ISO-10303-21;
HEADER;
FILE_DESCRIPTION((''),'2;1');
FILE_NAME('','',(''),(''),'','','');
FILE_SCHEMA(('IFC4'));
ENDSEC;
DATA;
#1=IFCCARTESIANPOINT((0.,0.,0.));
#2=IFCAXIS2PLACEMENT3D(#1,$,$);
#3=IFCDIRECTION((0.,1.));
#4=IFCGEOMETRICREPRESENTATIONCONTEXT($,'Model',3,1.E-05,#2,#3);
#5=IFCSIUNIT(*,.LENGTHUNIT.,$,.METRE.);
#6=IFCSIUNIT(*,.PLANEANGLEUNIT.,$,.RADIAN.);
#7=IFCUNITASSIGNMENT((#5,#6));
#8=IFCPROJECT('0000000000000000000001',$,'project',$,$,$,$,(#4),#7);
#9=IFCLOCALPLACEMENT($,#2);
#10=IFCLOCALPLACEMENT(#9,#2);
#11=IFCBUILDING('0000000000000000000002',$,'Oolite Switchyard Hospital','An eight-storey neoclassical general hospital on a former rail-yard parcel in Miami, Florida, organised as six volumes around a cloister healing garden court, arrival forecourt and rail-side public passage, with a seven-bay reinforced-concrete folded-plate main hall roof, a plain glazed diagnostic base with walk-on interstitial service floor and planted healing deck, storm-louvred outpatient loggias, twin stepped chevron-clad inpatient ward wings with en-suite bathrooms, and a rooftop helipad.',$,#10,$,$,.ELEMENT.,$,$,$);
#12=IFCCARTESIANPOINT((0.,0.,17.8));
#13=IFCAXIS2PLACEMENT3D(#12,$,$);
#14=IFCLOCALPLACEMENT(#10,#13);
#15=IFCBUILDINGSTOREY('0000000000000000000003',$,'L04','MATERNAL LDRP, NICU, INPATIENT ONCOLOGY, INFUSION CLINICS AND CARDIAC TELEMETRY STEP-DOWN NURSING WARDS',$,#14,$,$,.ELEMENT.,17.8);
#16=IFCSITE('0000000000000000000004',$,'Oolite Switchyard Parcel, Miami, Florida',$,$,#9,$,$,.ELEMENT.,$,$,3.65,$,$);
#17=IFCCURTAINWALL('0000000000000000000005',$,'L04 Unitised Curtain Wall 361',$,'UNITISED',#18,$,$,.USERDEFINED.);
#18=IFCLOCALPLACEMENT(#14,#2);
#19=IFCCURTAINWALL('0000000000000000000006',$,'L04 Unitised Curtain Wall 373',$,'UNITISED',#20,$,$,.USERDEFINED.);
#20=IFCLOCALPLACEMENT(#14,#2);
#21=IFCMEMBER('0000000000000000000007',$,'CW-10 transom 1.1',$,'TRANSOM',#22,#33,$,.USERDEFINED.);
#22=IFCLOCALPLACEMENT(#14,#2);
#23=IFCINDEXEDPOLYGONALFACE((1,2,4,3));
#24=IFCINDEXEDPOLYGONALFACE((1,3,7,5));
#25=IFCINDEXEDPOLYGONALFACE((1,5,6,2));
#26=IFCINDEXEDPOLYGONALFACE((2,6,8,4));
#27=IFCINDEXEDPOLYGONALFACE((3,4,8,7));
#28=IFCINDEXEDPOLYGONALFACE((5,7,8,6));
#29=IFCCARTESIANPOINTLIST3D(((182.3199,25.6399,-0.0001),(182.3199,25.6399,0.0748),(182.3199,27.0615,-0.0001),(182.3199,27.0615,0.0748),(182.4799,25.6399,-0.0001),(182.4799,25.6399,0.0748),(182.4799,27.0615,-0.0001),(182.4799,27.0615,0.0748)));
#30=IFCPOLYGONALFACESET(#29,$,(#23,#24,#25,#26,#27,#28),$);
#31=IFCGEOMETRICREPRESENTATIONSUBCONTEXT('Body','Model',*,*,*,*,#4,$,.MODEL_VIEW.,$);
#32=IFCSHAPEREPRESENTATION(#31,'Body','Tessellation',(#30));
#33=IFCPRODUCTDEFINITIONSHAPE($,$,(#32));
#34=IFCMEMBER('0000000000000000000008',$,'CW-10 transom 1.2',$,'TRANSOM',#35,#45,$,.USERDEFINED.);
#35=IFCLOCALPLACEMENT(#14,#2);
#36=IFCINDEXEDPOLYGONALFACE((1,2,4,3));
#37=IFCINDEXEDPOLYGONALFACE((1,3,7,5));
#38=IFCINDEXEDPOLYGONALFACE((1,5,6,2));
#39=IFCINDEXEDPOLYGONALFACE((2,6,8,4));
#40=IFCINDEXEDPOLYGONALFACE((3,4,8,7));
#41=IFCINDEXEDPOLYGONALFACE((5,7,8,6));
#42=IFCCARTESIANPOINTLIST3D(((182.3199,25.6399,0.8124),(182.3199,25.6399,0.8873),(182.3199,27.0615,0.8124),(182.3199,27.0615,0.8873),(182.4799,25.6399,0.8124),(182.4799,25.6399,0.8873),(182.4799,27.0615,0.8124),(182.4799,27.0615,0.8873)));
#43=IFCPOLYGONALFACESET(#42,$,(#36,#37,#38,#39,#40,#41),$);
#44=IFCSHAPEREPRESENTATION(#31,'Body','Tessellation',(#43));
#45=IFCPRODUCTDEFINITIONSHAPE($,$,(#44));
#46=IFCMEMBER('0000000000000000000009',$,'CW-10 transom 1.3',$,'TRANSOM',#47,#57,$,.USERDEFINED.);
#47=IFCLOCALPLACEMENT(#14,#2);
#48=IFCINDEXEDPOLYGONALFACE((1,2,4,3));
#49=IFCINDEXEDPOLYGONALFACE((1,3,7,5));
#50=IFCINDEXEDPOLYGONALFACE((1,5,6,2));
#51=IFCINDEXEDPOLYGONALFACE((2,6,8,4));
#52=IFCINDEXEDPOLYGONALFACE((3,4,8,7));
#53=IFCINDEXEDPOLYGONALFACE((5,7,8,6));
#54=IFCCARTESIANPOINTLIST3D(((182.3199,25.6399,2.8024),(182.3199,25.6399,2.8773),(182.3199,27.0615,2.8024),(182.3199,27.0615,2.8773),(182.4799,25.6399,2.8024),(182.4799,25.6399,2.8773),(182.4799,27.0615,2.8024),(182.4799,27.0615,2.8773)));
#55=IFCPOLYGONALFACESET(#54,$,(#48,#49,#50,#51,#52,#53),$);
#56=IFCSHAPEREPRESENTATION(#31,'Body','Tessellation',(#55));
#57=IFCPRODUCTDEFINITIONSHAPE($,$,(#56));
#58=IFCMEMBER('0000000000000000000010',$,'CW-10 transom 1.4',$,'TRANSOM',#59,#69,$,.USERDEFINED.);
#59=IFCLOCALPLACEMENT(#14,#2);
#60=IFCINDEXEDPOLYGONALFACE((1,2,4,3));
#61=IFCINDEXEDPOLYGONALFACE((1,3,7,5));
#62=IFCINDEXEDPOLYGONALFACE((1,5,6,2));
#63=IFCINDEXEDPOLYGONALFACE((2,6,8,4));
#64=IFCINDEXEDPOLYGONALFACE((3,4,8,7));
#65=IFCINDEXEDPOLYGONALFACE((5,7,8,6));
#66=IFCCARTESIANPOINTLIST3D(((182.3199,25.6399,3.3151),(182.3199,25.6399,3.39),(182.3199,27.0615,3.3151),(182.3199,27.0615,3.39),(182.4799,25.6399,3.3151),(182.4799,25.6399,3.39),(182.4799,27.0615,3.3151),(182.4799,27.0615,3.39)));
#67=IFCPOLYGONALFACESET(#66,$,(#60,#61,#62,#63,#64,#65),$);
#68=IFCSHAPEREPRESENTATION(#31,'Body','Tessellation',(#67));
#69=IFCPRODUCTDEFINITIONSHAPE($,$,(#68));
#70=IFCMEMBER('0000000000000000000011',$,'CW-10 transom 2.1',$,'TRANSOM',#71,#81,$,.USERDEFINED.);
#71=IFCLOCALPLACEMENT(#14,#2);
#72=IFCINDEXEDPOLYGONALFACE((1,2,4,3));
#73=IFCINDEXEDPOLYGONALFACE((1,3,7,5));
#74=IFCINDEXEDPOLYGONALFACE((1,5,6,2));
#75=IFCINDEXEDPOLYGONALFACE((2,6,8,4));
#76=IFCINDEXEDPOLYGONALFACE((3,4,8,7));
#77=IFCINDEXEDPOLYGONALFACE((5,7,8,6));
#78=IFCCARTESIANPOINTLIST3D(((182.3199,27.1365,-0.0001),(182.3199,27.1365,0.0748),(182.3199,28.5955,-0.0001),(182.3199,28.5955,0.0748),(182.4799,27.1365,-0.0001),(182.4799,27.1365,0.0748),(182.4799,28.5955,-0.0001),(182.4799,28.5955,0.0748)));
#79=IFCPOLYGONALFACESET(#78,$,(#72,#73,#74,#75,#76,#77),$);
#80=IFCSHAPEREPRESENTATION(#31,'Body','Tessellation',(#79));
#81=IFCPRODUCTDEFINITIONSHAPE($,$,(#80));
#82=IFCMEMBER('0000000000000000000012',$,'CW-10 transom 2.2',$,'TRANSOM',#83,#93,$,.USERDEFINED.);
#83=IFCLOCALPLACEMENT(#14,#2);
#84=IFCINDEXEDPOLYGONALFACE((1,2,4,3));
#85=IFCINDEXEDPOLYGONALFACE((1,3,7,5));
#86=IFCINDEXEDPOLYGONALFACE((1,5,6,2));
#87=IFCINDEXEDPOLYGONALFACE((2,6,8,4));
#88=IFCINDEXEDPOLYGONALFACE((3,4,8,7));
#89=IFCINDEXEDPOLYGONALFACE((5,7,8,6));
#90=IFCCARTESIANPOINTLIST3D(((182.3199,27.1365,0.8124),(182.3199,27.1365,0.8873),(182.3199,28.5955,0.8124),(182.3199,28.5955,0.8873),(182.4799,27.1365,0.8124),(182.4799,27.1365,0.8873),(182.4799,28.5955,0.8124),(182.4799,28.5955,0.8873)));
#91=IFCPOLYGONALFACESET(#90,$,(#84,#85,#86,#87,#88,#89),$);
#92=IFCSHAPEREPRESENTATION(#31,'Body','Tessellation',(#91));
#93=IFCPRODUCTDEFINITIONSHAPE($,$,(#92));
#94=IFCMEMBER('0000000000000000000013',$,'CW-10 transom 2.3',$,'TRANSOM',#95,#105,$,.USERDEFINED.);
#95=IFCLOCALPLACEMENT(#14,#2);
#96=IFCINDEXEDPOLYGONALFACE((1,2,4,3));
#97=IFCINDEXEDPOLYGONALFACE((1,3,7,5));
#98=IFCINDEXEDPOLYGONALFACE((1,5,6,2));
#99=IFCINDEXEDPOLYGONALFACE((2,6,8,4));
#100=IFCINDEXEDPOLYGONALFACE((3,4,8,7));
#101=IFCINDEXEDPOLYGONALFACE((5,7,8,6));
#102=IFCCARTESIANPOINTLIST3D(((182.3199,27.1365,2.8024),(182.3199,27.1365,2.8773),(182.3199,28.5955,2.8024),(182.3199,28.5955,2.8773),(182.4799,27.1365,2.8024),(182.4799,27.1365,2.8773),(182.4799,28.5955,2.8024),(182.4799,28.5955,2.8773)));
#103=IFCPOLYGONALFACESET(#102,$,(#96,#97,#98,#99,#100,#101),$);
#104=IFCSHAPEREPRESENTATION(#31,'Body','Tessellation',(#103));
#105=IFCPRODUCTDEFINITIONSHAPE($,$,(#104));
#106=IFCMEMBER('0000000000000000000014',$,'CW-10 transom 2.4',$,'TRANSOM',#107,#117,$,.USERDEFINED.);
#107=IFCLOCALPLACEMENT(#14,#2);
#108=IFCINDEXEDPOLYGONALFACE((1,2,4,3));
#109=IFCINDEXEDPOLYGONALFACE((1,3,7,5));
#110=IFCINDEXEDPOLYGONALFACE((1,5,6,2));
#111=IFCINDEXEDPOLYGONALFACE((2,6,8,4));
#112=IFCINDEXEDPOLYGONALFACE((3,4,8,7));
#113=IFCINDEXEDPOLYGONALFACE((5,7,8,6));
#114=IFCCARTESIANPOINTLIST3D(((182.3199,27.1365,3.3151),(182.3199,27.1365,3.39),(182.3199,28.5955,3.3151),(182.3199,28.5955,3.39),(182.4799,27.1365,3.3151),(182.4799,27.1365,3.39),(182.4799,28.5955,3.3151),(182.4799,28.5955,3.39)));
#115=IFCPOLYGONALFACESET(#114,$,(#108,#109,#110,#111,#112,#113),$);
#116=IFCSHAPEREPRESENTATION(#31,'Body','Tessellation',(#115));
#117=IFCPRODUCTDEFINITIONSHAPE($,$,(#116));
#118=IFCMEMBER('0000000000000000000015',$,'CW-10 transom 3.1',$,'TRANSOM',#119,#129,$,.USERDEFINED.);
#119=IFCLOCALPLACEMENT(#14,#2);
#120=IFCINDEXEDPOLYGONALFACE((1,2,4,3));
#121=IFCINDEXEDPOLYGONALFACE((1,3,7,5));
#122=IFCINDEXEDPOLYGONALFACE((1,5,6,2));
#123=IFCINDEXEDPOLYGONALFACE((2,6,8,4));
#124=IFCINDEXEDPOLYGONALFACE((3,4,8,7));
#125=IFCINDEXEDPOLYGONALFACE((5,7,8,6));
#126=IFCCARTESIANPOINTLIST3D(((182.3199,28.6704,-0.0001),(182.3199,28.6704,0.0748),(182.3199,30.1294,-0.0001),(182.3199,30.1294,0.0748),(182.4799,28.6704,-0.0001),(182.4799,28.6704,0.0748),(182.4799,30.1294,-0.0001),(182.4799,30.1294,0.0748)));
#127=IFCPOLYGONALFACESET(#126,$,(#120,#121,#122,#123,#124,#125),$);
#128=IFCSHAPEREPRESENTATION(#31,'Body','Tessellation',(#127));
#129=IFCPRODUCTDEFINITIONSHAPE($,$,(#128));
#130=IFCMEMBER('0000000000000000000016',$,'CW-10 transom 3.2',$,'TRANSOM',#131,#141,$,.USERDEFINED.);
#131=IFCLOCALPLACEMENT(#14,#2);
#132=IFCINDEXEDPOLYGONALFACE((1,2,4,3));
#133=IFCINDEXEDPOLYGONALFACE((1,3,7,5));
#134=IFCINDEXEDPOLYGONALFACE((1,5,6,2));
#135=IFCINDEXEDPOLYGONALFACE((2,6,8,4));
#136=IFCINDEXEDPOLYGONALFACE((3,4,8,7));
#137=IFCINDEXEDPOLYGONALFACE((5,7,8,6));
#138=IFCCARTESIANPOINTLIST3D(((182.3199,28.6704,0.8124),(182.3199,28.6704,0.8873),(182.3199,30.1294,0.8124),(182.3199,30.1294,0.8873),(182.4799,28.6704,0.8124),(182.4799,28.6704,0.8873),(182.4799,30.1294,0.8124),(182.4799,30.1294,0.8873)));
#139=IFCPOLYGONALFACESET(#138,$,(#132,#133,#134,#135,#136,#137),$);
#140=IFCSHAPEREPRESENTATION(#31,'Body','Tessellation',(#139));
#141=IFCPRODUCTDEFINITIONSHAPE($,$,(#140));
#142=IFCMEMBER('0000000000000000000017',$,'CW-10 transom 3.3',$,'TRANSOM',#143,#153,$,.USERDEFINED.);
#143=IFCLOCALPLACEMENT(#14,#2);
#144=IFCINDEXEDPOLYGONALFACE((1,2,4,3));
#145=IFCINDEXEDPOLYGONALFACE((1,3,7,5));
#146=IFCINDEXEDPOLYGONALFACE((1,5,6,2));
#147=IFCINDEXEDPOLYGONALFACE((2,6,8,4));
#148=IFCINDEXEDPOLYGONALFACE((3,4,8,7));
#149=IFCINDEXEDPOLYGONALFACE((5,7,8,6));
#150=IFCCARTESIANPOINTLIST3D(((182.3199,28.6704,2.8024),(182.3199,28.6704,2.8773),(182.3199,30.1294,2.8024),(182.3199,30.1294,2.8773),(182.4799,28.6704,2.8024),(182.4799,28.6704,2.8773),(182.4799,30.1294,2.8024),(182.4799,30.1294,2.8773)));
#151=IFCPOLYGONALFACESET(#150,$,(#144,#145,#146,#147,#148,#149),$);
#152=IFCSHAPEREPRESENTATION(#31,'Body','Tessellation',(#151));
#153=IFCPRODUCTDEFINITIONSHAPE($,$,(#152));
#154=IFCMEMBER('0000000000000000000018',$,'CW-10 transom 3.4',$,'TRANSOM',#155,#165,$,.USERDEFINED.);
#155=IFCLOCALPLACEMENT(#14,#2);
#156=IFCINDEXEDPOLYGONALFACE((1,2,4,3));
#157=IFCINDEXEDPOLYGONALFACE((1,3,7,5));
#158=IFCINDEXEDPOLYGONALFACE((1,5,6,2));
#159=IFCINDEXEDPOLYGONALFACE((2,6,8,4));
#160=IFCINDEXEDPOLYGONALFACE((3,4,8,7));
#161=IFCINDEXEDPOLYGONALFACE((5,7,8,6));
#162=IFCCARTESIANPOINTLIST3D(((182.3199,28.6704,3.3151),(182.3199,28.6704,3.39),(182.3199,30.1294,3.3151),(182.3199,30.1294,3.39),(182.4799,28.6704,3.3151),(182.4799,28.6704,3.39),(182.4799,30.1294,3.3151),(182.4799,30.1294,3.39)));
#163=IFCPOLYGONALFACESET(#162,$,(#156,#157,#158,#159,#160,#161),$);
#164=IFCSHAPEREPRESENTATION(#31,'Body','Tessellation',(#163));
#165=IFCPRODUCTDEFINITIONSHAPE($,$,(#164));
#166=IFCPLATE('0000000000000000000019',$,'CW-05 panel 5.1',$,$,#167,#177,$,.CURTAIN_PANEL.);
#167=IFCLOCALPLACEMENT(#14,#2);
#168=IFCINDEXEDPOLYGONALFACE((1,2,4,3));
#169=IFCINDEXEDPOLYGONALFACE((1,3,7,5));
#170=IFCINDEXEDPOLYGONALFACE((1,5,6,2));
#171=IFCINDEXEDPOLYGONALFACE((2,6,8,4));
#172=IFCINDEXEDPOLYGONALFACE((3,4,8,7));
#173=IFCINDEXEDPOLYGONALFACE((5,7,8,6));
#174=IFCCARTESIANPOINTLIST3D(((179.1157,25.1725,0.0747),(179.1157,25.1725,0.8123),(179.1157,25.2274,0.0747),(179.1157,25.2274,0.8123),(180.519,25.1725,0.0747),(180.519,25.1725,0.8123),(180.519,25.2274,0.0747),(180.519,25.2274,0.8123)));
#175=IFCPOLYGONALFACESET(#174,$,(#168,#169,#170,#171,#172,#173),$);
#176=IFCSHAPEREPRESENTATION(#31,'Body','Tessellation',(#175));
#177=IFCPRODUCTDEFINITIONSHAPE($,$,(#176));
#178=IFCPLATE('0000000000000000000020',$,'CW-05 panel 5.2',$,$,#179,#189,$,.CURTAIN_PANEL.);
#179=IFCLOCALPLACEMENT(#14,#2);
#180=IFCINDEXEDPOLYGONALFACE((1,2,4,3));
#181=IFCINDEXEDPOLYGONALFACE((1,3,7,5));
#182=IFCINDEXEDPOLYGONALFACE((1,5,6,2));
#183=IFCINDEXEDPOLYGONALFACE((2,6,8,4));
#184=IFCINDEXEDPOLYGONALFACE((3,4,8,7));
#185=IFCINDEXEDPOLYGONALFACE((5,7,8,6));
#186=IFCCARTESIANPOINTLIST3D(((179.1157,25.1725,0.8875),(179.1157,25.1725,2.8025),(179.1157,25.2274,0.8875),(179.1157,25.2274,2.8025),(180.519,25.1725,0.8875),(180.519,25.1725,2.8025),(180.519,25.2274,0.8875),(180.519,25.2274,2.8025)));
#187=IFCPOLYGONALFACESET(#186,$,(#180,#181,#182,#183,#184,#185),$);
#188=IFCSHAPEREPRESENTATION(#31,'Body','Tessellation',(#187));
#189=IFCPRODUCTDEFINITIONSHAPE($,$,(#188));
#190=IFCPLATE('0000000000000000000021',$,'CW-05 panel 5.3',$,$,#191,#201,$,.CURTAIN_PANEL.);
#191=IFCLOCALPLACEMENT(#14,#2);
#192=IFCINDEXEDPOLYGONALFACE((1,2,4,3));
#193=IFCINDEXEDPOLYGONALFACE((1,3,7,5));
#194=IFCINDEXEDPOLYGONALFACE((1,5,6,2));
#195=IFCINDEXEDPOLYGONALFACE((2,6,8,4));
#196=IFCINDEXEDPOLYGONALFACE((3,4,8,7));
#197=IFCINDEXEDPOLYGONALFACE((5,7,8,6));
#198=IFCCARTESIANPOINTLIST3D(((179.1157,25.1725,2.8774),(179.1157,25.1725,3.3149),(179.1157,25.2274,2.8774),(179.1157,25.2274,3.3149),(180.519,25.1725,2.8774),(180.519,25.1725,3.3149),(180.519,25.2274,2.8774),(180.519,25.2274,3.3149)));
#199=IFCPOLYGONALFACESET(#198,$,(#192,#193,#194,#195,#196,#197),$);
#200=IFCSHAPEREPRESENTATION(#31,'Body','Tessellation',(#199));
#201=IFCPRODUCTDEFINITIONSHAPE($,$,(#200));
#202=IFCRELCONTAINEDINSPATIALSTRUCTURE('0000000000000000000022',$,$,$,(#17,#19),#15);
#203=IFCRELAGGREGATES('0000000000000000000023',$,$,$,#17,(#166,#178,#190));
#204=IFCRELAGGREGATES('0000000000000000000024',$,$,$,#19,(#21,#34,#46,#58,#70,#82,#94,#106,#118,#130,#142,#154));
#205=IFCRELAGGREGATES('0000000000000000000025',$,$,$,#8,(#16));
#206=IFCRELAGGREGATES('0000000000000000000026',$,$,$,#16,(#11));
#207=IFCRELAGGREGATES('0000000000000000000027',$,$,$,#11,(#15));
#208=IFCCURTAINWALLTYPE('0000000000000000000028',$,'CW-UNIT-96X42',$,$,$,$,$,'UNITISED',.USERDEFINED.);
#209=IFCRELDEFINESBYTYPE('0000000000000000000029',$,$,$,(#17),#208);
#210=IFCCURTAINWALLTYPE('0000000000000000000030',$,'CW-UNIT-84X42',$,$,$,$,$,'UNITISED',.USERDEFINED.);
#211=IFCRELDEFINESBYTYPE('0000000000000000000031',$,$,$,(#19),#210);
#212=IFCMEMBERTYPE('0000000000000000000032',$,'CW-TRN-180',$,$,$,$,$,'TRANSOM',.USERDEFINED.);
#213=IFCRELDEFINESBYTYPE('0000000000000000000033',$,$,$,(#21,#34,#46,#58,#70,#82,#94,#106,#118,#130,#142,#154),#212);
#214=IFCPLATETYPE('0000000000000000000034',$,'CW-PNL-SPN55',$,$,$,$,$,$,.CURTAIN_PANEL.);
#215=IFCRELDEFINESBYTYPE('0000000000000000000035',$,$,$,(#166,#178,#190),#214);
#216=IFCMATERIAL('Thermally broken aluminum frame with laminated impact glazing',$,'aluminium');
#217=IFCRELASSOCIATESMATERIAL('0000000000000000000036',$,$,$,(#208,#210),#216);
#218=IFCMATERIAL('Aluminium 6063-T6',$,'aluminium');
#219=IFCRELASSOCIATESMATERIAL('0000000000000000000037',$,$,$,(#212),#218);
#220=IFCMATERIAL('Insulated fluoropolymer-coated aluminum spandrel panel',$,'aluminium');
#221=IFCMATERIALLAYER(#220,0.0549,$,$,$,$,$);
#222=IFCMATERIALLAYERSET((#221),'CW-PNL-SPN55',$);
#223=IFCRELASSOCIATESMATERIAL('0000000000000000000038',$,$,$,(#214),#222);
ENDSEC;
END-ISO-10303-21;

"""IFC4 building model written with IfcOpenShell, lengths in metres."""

from ifc_helpers import new_model, si_unit, direction, frame, origin, origin_2d, place, context, subcontext, project, spatial, rectangle, extrude, material, layer, layer_set, material_profile, profile_set, type_object, element, aggregate, save


model = new_model("IFC4")

# Units and contexts
model_context = context("Model", 3, precision=1e-05, world=origin(), true_north=direction((0.0, 1.0)))
body_context = subcontext(model_context, "Body", "Model", "MODEL_VIEW")
ifc_project = project(units=[si_unit("LENGTHUNIT", "METRE"), si_unit("PLANEANGLEUNIT", "RADIAN")], contexts=[model_context])

# Site, building, storey
site_placement = place(None, origin())
site = spatial("IfcSite", under=ifc_project, at=site_placement, Name="Oolite Switchyard Parcel, Miami, Florida", CompositionType="ELEMENT", RefElevation=3.65)
building_placement = place(site_placement, origin())
building = spatial("IfcBuilding", under=site, at=building_placement, Name="Oolite Switchyard Hospital", Description="An eight-storey neoclassical general hospital on a former rail-yard parcel in Miami, Florida, organised as six volumes around a cloister healing garden court, arrival forecourt and rail-side public passage, with a seven-bay reinforced-concrete folded-plate main hall roof, a plain glazed diagnostic base with walk-on interstitial service floor and planted healing deck, storm-louvred outpatient loggias, twin stepped chevron-clad inpatient ward wings with en-suite bathrooms, and a rooftop helipad.", CompositionType="ELEMENT")
storey_placement = place(building_placement, frame((0.0, 0.0, 17.8)))
storey = spatial("IfcBuildingStorey", under=building, at=storey_placement, Name="L04", Description="MATERNAL LDRP, NICU, INPATIENT ONCOLOGY, INFUSION CLINICS AND CARDIAC TELEMETRY STEP-DOWN NURSING WARDS", CompositionType="ELEMENT", Elevation=17.8)

# Curtain walls
ifc_material_1 = material(Name="Thermally broken aluminum frame with laminated impact glazing", Category="aluminium")
curtain_wall_type_1 = type_object("IfcCurtainWallType", Name="CW-UNIT-96X42", ElementType="UNITISED", PredefinedType="USERDEFINED", material=ifc_material_1)
curtain_wall_1_placement = place(storey_placement, origin())
curtain_wall_1 = element("IfcCurtainWall", 1, at=curtain_wall_1_placement, inside=storey, type_object=curtain_wall_type_1, Name="L04 Unitised Curtain Wall 361", ObjectType="UNITISED", PredefinedType="USERDEFINED")
ifc_material_2 = material(Name="Aluminium 6063-T6", Category="aluminium")
curtain_wall_type_2 = type_object("IfcCurtainWallType", Name="CW-UNIT-84X42", ElementType="UNITISED", PredefinedType="USERDEFINED", material=ifc_material_1)
curtain_wall_2_placement = place(storey_placement, origin())
curtain_wall_2 = element("IfcCurtainWall", 2, at=curtain_wall_2_placement, inside=storey, type_object=curtain_wall_type_2, Name="L04 Unitised Curtain Wall 373", ObjectType="UNITISED", PredefinedType="USERDEFINED")

# Members
ifc_material_profile_1 = material_profile(ifc_material_2, rectangle(XDim=0.1599, YDim=0.075, at=origin_2d()), Name="CWT75X160")
ifc_profile_set_1 = profile_set([ifc_material_profile_1], Name="Aluminium 6063-T6")
member_type_1 = type_object("IfcMemberType", Name="CW-TRN-180", ElementType="TRANSOM", PredefinedType="USERDEFINED", material=ifc_profile_set_1)
member_1_placement = place(storey_placement, frame((182.3999, 25.6399, 0.0374), z_axis=(0.0, 1.0, 0.0), x_axis=(-1.0, 0.0, 0.0)))
member_1 = element("IfcMember", 3, at=member_1_placement, type_object=member_type_1, Name="CW-10 transom 1.1", ObjectType="TRANSOM", PredefinedType="USERDEFINED", context=body_context, shape_type="SweptSolid", body=[
    extrude(rectangle(XDim=0.1599, YDim=0.075, at=origin_2d()), origin(), (0.0, 0.0, 1.0), 1.4216),
])
member_2_placement = place(storey_placement, frame((182.3999, 25.6399, 0.8499), z_axis=(0.0, 1.0, 0.0), x_axis=(-1.0, 0.0, 0.0)))
member_2 = element("IfcMember", 4, at=member_2_placement, type_object=member_type_1, Name="CW-10 transom 1.2", ObjectType="TRANSOM", PredefinedType="USERDEFINED", context=body_context, shape_type="SweptSolid", body=[
    extrude(rectangle(XDim=0.1599, YDim=0.075, at=origin_2d()), origin(), (0.0, 0.0, 1.0), 1.4216),
])
member_3_placement = place(storey_placement, frame((182.3999, 25.6399, 2.8398), z_axis=(0.0, 1.0, 0.0), x_axis=(-1.0, 0.0, 0.0)))
member_3 = element("IfcMember", 5, at=member_3_placement, type_object=member_type_1, Name="CW-10 transom 1.3", ObjectType="TRANSOM", PredefinedType="USERDEFINED", context=body_context, shape_type="SweptSolid", body=[
    extrude(rectangle(XDim=0.1599, YDim=0.075, at=origin_2d()), origin(), (0.0, 0.0, 1.0), 1.4216),
])
member_4_placement = place(storey_placement, frame((182.3999, 25.6399, 3.3525), z_axis=(0.0, 1.0, 0.0), x_axis=(-1.0, 0.0, 0.0)))
member_4 = element("IfcMember", 6, at=member_4_placement, type_object=member_type_1, Name="CW-10 transom 1.4", ObjectType="TRANSOM", PredefinedType="USERDEFINED", context=body_context, shape_type="SweptSolid", body=[
    extrude(rectangle(XDim=0.1599, YDim=0.075, at=origin_2d()), origin(), (0.0, 0.0, 1.0), 1.4216),
])
member_5_placement = place(storey_placement, frame((182.3999, 27.1365, 0.0374), z_axis=(0.0, 1.0, 0.0), x_axis=(-1.0, 0.0, 0.0)))
member_5 = element("IfcMember", 7, at=member_5_placement, type_object=member_type_1, Name="CW-10 transom 2.1", ObjectType="TRANSOM", PredefinedType="USERDEFINED", context=body_context, shape_type="SweptSolid", body=[
    extrude(rectangle(XDim=0.1599, YDim=0.075, at=origin_2d()), origin(), (0.0, 0.0, 1.0), 1.459),
])
member_6_placement = place(storey_placement, frame((182.3999, 27.1365, 0.8499), z_axis=(0.0, 1.0, 0.0), x_axis=(-1.0, 0.0, 0.0)))
member_6 = element("IfcMember", 8, at=member_6_placement, type_object=member_type_1, Name="CW-10 transom 2.2", ObjectType="TRANSOM", PredefinedType="USERDEFINED", context=body_context, shape_type="SweptSolid", body=[
    extrude(rectangle(XDim=0.1599, YDim=0.075, at=origin_2d()), origin(), (0.0, 0.0, 1.0), 1.459),
])
member_7_placement = place(storey_placement, frame((182.3999, 27.1365, 2.8398), z_axis=(0.0, 1.0, 0.0), x_axis=(-1.0, 0.0, 0.0)))
member_7 = element("IfcMember", 9, at=member_7_placement, type_object=member_type_1, Name="CW-10 transom 2.3", ObjectType="TRANSOM", PredefinedType="USERDEFINED", context=body_context, shape_type="SweptSolid", body=[
    extrude(rectangle(XDim=0.1599, YDim=0.075, at=origin_2d()), origin(), (0.0, 0.0, 1.0), 1.459),
])
member_8_placement = place(storey_placement, frame((182.3999, 27.1365, 3.3525), z_axis=(0.0, 1.0, 0.0), x_axis=(-1.0, 0.0, 0.0)))
member_8 = element("IfcMember", 10, at=member_8_placement, type_object=member_type_1, Name="CW-10 transom 2.4", ObjectType="TRANSOM", PredefinedType="USERDEFINED", context=body_context, shape_type="SweptSolid", body=[
    extrude(rectangle(XDim=0.1599, YDim=0.075, at=origin_2d()), origin(), (0.0, 0.0, 1.0), 1.459),
])
member_9_placement = place(storey_placement, frame((182.3999, 28.6704, 0.0374), z_axis=(0.0, 1.0, 0.0), x_axis=(-1.0, 0.0, 0.0)))
member_9 = element("IfcMember", 11, at=member_9_placement, type_object=member_type_1, Name="CW-10 transom 3.1", ObjectType="TRANSOM", PredefinedType="USERDEFINED", context=body_context, shape_type="SweptSolid", body=[
    extrude(rectangle(XDim=0.1599, YDim=0.075, at=origin_2d()), origin(), (0.0, 0.0, 1.0), 1.459),
])
member_10_placement = place(storey_placement, frame((182.3999, 28.6704, 0.8499), z_axis=(0.0, 1.0, 0.0), x_axis=(-1.0, 0.0, 0.0)))
member_10 = element("IfcMember", 12, at=member_10_placement, type_object=member_type_1, Name="CW-10 transom 3.2", ObjectType="TRANSOM", PredefinedType="USERDEFINED", context=body_context, shape_type="SweptSolid", body=[
    extrude(rectangle(XDim=0.1599, YDim=0.075, at=origin_2d()), origin(), (0.0, 0.0, 1.0), 1.459),
])
member_11_placement = place(storey_placement, frame((182.3999, 28.6704, 2.8398), z_axis=(0.0, 1.0, 0.0), x_axis=(-1.0, 0.0, 0.0)))
member_11 = element("IfcMember", 13, at=member_11_placement, type_object=member_type_1, Name="CW-10 transom 3.3", ObjectType="TRANSOM", PredefinedType="USERDEFINED", context=body_context, shape_type="SweptSolid", body=[
    extrude(rectangle(XDim=0.1599, YDim=0.075, at=origin_2d()), origin(), (0.0, 0.0, 1.0), 1.459),
])
member_12_placement = place(storey_placement, frame((182.3999, 28.6704, 3.3525), z_axis=(0.0, 1.0, 0.0), x_axis=(-1.0, 0.0, 0.0)))
member_12 = element("IfcMember", 14, at=member_12_placement, type_object=member_type_1, Name="CW-10 transom 3.4", ObjectType="TRANSOM", PredefinedType="USERDEFINED", context=body_context, shape_type="SweptSolid", body=[
    extrude(rectangle(XDim=0.1599, YDim=0.075, at=origin_2d()), origin(), (0.0, 0.0, 1.0), 1.459),
])

# Plates
ifc_material_3 = material(Name="Insulated fluoropolymer-coated aluminum spandrel panel", Category="aluminium")
ifc_layer = layer(ifc_material_3, 0.0549)
ifc_layer_set = layer_set([ifc_layer], Name="CW-PNL-SPN55")
plate_type = type_object("IfcPlateType", Name="CW-PNL-SPN55", PredefinedType="CURTAIN_PANEL", material=ifc_layer_set)
plate_1_placement = place(storey_placement, frame((179.8174, 25.2, 0.0747), z_axis=(0.0, 0.0, 1.0), x_axis=(1.0, 0.0, 0.0)))
plate_1 = element("IfcPlate", 15, at=plate_1_placement, type_object=plate_type, Name="CW-05 panel 5.1", PredefinedType="CURTAIN_PANEL", context=body_context, shape_type="SweptSolid", body=[
    extrude(rectangle(XDim=1.4033, YDim=0.0549, at=origin_2d()), origin(), (0.0, 0.0, 1.0), 0.7375),
])
plate_2_placement = place(storey_placement, frame((179.8174, 25.2, 0.8875), z_axis=(0.0, 0.0, 1.0), x_axis=(1.0, 0.0, 0.0)))
plate_2 = element("IfcPlate", 16, at=plate_2_placement, type_object=plate_type, Name="CW-05 panel 5.2", PredefinedType="CURTAIN_PANEL", context=body_context, shape_type="SweptSolid", body=[
    extrude(rectangle(XDim=1.4033, YDim=0.0549, at=origin_2d()), origin(), (0.0, 0.0, 1.0), 1.915),
])
plate_3_placement = place(storey_placement, frame((179.8174, 25.2, 2.8774), z_axis=(0.0, 0.0, 1.0), x_axis=(1.0, 0.0, 0.0)))
plate_3 = element("IfcPlate", 17, at=plate_3_placement, type_object=plate_type, Name="CW-05 panel 5.3", PredefinedType="CURTAIN_PANEL", context=body_context, shape_type="SweptSolid", body=[
    extrude(rectangle(XDim=1.4033, YDim=0.0549, at=origin_2d()), origin(), (0.0, 0.0, 1.0), 0.4375),
])
aggregate(curtain_wall_1, [plate_1, plate_2, plate_3])
aggregate(curtain_wall_2, [member_1, member_2, member_3, member_4, member_5, member_6, member_7, member_8, member_9, member_10, member_11, member_12])

save(model, "model.ifc")
